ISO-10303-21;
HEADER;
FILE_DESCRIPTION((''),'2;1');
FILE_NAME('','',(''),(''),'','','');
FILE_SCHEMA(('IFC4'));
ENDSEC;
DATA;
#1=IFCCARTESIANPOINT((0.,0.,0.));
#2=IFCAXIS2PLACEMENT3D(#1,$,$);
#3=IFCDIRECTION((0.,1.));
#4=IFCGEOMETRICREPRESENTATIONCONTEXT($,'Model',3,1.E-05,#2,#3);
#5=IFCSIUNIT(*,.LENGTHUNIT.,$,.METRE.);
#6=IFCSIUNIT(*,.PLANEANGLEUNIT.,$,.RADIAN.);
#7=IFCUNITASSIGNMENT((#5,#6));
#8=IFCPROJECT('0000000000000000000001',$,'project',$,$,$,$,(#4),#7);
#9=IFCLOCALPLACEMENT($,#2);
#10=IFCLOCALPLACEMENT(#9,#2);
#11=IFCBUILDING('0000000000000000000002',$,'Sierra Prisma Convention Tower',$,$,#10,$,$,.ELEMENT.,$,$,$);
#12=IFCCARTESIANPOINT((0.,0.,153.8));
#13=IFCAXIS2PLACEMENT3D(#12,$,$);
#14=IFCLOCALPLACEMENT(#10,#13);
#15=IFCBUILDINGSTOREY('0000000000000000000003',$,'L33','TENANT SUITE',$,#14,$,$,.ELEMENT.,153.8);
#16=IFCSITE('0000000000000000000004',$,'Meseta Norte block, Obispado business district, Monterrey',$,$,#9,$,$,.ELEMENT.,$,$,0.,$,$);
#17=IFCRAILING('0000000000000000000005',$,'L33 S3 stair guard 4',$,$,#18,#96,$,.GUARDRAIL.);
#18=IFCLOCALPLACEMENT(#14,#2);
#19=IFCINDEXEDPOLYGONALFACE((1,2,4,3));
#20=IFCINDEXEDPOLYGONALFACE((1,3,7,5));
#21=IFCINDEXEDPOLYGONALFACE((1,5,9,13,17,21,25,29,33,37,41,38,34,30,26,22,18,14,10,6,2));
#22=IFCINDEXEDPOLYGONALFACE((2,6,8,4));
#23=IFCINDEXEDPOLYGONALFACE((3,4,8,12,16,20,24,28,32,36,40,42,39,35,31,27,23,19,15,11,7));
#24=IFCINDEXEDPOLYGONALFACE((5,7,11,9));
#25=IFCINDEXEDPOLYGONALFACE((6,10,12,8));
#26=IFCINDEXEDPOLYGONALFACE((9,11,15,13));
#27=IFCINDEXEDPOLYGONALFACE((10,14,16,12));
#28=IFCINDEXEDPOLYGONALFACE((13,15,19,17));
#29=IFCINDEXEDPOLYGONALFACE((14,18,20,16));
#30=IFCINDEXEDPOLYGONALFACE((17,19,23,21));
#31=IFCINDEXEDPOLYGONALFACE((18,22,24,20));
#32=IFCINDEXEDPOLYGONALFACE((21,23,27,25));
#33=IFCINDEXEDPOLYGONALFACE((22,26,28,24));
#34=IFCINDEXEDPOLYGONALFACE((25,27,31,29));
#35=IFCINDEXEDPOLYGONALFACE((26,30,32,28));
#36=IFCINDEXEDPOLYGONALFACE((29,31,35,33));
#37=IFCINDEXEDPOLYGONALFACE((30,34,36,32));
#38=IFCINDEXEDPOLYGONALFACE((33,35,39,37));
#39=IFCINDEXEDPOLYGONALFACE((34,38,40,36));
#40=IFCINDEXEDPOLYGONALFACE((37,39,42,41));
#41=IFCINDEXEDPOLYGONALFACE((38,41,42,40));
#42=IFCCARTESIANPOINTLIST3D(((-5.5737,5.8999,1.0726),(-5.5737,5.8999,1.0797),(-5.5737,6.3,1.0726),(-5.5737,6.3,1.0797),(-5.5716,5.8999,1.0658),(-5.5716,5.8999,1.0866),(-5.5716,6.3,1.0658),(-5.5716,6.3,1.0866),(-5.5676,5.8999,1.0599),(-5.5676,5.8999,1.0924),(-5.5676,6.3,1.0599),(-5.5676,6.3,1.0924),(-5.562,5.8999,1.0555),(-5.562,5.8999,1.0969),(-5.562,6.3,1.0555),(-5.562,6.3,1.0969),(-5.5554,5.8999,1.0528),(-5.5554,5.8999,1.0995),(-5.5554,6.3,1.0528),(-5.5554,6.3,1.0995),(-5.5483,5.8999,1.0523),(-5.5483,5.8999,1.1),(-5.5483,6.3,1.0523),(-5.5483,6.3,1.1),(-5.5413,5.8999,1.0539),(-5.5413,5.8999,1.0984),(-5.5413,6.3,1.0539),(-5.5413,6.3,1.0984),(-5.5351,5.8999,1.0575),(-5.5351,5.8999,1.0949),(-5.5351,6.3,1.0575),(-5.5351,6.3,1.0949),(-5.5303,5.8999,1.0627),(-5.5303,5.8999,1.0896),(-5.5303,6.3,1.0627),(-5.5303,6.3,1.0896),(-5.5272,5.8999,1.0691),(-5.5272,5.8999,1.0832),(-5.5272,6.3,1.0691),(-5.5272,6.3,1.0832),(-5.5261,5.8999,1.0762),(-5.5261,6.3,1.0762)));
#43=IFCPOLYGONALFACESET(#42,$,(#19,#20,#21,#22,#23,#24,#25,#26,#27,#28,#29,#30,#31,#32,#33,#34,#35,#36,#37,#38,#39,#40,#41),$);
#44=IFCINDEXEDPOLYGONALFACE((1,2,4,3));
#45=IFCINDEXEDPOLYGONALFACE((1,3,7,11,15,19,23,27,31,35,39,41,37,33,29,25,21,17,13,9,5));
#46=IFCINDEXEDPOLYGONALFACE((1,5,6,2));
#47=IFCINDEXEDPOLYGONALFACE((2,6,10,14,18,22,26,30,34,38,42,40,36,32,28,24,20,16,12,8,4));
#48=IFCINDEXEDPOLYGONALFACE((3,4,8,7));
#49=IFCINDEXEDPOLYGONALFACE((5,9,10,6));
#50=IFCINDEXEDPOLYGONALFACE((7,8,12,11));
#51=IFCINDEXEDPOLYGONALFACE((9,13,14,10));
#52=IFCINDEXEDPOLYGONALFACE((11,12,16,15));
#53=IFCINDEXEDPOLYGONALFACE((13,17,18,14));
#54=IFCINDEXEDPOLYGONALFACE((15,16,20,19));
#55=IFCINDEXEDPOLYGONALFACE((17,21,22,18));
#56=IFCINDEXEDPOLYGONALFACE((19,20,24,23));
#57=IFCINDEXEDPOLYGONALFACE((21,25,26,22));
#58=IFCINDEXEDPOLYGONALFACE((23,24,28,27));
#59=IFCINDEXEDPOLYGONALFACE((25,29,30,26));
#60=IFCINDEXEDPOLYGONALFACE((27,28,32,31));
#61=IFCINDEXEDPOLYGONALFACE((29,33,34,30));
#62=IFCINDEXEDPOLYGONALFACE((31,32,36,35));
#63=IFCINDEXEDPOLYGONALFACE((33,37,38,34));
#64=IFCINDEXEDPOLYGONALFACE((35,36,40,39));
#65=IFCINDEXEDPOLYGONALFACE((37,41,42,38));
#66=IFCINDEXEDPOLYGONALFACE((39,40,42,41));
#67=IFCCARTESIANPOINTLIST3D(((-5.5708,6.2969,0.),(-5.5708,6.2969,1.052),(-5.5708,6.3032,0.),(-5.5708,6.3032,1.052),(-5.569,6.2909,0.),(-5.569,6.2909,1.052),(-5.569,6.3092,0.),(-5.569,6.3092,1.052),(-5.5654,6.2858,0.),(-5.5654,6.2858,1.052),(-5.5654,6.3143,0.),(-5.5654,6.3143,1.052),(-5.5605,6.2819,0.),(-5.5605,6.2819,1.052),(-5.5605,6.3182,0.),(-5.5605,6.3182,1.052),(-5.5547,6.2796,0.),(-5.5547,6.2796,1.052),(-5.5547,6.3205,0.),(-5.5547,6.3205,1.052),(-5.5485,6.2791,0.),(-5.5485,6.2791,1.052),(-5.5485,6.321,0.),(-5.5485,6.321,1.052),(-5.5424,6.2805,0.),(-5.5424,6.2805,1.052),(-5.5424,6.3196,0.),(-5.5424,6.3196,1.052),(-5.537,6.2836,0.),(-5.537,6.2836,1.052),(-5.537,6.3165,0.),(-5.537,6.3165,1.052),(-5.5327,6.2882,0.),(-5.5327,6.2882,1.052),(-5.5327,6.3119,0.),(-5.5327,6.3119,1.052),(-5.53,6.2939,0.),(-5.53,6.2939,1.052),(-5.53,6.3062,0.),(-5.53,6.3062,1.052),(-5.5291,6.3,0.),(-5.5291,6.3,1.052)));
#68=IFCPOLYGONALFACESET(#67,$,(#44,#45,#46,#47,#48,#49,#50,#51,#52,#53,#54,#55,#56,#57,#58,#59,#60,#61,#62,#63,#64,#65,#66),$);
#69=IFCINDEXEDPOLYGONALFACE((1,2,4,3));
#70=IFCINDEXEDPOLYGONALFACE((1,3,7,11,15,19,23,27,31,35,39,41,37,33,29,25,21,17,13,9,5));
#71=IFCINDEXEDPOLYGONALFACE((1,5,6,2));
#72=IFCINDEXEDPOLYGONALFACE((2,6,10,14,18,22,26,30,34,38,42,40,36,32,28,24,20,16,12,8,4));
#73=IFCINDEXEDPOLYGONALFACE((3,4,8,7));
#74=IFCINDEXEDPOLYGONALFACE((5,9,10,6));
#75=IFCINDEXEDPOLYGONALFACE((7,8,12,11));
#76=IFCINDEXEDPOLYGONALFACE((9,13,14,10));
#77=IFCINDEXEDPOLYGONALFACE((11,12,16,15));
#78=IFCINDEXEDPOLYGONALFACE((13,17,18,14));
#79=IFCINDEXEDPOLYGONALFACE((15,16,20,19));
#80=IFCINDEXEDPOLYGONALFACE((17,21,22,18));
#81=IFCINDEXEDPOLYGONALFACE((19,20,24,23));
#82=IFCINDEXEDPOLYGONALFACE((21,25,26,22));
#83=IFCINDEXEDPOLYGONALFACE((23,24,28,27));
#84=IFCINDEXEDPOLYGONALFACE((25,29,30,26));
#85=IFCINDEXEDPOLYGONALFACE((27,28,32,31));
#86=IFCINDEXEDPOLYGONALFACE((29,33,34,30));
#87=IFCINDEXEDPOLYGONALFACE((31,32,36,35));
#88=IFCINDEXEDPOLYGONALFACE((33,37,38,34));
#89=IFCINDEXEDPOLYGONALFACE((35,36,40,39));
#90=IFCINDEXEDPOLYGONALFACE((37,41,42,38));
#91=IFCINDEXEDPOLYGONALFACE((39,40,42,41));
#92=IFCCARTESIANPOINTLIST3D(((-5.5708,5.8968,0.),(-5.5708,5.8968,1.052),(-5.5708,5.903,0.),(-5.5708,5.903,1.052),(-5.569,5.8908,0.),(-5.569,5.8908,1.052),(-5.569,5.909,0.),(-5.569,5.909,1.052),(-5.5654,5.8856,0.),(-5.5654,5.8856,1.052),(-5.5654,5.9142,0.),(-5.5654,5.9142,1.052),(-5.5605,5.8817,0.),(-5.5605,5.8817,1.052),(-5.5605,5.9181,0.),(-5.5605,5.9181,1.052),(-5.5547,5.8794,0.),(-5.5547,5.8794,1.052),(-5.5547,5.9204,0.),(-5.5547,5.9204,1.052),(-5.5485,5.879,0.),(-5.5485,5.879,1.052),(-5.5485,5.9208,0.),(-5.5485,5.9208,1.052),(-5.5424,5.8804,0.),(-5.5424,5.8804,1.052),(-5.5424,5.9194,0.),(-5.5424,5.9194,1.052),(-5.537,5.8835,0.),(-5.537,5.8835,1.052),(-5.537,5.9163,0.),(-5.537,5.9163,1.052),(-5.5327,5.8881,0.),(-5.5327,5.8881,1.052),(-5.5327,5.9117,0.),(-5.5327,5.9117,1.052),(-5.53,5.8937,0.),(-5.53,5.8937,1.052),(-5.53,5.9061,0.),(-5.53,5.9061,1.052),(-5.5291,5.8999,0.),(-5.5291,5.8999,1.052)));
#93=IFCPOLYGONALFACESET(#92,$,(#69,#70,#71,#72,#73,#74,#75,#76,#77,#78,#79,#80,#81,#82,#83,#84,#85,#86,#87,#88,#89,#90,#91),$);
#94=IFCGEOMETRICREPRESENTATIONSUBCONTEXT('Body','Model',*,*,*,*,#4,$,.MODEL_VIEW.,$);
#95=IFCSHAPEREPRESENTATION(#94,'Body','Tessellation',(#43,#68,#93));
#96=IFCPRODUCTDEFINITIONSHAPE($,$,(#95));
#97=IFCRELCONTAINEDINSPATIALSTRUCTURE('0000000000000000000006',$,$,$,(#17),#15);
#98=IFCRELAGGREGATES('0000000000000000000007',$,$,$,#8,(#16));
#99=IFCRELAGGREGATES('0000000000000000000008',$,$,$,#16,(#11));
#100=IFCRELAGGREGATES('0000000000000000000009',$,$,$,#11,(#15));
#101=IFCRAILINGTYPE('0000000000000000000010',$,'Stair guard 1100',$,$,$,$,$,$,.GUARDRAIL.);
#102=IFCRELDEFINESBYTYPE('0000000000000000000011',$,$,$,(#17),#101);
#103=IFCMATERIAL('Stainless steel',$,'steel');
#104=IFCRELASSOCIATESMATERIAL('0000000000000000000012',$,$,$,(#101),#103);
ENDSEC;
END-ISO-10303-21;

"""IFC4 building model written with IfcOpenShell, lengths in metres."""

from ifc_helpers import new_model, si_unit, direction, frame, origin, origin_2d, place, context, subcontext, project, spatial, circle, extrude, material, type_object, element, save


model = new_model("IFC4")

# Units and contexts
model_context = context("Model", 3, precision=1e-05, world=origin(), true_north=direction((0.0, 1.0)))
body_context = subcontext(model_context, "Body", "Model", "MODEL_VIEW")
ifc_project = project(units=[si_unit("LENGTHUNIT", "METRE"), si_unit("PLANEANGLEUNIT", "RADIAN")], contexts=[model_context])

# Site, building, storey
site_placement = place(None, origin())
site = spatial("IfcSite", under=ifc_project, at=site_placement, Name="Meseta Norte block, Obispado business district, Monterrey", CompositionType="ELEMENT", RefElevation=0.0)
building_placement = place(site_placement, origin())
building = spatial("IfcBuilding", under=site, at=building_placement, Name="Sierra Prisma Convention Tower", CompositionType="ELEMENT")
storey_placement = place(building_placement, frame((0.0, 0.0, 153.8)))
storey = spatial("IfcBuildingStorey", under=building, at=storey_placement, Name="L33", Description="TENANT SUITE", CompositionType="ELEMENT", Elevation=153.8)

# Railing
ifc_material_1 = material(Name="Stainless steel", Category="steel")
railing_type_1 = type_object("IfcRailingType", Name="Stair guard 1100", PredefinedType="GUARDRAIL", material=ifc_material_1)
railing_1_placement = place(storey_placement, frame((-5.55, 6.3, 0.0)))
element("IfcRailing", 1, at=railing_1_placement, inside=storey, type_object=railing_type_1, Name="L33 S3 stair guard 4", PredefinedType="GUARDRAIL", context=body_context, shape_type="SweptSolid", body=[
    extrude(circle(Radius=0.0239, at=origin_2d()), frame((0.0, 0.0, 1.0762), z_axis=(0.0, -1.0, 0.0), x_axis=(1.0, 0.0, 0.0)), (0.0, 0.0, 1.0), 0.4001),
    extrude(circle(Radius=0.021, at=origin_2d()), origin(), (0.0, 0.0, 1.0), 1.052),
    extrude(circle(Radius=0.021, at=origin_2d()), frame((0.0, -0.4001, 0.0)), (0.0, 0.0, 1.0), 1.052),
])

save(model, "model.ifc")
